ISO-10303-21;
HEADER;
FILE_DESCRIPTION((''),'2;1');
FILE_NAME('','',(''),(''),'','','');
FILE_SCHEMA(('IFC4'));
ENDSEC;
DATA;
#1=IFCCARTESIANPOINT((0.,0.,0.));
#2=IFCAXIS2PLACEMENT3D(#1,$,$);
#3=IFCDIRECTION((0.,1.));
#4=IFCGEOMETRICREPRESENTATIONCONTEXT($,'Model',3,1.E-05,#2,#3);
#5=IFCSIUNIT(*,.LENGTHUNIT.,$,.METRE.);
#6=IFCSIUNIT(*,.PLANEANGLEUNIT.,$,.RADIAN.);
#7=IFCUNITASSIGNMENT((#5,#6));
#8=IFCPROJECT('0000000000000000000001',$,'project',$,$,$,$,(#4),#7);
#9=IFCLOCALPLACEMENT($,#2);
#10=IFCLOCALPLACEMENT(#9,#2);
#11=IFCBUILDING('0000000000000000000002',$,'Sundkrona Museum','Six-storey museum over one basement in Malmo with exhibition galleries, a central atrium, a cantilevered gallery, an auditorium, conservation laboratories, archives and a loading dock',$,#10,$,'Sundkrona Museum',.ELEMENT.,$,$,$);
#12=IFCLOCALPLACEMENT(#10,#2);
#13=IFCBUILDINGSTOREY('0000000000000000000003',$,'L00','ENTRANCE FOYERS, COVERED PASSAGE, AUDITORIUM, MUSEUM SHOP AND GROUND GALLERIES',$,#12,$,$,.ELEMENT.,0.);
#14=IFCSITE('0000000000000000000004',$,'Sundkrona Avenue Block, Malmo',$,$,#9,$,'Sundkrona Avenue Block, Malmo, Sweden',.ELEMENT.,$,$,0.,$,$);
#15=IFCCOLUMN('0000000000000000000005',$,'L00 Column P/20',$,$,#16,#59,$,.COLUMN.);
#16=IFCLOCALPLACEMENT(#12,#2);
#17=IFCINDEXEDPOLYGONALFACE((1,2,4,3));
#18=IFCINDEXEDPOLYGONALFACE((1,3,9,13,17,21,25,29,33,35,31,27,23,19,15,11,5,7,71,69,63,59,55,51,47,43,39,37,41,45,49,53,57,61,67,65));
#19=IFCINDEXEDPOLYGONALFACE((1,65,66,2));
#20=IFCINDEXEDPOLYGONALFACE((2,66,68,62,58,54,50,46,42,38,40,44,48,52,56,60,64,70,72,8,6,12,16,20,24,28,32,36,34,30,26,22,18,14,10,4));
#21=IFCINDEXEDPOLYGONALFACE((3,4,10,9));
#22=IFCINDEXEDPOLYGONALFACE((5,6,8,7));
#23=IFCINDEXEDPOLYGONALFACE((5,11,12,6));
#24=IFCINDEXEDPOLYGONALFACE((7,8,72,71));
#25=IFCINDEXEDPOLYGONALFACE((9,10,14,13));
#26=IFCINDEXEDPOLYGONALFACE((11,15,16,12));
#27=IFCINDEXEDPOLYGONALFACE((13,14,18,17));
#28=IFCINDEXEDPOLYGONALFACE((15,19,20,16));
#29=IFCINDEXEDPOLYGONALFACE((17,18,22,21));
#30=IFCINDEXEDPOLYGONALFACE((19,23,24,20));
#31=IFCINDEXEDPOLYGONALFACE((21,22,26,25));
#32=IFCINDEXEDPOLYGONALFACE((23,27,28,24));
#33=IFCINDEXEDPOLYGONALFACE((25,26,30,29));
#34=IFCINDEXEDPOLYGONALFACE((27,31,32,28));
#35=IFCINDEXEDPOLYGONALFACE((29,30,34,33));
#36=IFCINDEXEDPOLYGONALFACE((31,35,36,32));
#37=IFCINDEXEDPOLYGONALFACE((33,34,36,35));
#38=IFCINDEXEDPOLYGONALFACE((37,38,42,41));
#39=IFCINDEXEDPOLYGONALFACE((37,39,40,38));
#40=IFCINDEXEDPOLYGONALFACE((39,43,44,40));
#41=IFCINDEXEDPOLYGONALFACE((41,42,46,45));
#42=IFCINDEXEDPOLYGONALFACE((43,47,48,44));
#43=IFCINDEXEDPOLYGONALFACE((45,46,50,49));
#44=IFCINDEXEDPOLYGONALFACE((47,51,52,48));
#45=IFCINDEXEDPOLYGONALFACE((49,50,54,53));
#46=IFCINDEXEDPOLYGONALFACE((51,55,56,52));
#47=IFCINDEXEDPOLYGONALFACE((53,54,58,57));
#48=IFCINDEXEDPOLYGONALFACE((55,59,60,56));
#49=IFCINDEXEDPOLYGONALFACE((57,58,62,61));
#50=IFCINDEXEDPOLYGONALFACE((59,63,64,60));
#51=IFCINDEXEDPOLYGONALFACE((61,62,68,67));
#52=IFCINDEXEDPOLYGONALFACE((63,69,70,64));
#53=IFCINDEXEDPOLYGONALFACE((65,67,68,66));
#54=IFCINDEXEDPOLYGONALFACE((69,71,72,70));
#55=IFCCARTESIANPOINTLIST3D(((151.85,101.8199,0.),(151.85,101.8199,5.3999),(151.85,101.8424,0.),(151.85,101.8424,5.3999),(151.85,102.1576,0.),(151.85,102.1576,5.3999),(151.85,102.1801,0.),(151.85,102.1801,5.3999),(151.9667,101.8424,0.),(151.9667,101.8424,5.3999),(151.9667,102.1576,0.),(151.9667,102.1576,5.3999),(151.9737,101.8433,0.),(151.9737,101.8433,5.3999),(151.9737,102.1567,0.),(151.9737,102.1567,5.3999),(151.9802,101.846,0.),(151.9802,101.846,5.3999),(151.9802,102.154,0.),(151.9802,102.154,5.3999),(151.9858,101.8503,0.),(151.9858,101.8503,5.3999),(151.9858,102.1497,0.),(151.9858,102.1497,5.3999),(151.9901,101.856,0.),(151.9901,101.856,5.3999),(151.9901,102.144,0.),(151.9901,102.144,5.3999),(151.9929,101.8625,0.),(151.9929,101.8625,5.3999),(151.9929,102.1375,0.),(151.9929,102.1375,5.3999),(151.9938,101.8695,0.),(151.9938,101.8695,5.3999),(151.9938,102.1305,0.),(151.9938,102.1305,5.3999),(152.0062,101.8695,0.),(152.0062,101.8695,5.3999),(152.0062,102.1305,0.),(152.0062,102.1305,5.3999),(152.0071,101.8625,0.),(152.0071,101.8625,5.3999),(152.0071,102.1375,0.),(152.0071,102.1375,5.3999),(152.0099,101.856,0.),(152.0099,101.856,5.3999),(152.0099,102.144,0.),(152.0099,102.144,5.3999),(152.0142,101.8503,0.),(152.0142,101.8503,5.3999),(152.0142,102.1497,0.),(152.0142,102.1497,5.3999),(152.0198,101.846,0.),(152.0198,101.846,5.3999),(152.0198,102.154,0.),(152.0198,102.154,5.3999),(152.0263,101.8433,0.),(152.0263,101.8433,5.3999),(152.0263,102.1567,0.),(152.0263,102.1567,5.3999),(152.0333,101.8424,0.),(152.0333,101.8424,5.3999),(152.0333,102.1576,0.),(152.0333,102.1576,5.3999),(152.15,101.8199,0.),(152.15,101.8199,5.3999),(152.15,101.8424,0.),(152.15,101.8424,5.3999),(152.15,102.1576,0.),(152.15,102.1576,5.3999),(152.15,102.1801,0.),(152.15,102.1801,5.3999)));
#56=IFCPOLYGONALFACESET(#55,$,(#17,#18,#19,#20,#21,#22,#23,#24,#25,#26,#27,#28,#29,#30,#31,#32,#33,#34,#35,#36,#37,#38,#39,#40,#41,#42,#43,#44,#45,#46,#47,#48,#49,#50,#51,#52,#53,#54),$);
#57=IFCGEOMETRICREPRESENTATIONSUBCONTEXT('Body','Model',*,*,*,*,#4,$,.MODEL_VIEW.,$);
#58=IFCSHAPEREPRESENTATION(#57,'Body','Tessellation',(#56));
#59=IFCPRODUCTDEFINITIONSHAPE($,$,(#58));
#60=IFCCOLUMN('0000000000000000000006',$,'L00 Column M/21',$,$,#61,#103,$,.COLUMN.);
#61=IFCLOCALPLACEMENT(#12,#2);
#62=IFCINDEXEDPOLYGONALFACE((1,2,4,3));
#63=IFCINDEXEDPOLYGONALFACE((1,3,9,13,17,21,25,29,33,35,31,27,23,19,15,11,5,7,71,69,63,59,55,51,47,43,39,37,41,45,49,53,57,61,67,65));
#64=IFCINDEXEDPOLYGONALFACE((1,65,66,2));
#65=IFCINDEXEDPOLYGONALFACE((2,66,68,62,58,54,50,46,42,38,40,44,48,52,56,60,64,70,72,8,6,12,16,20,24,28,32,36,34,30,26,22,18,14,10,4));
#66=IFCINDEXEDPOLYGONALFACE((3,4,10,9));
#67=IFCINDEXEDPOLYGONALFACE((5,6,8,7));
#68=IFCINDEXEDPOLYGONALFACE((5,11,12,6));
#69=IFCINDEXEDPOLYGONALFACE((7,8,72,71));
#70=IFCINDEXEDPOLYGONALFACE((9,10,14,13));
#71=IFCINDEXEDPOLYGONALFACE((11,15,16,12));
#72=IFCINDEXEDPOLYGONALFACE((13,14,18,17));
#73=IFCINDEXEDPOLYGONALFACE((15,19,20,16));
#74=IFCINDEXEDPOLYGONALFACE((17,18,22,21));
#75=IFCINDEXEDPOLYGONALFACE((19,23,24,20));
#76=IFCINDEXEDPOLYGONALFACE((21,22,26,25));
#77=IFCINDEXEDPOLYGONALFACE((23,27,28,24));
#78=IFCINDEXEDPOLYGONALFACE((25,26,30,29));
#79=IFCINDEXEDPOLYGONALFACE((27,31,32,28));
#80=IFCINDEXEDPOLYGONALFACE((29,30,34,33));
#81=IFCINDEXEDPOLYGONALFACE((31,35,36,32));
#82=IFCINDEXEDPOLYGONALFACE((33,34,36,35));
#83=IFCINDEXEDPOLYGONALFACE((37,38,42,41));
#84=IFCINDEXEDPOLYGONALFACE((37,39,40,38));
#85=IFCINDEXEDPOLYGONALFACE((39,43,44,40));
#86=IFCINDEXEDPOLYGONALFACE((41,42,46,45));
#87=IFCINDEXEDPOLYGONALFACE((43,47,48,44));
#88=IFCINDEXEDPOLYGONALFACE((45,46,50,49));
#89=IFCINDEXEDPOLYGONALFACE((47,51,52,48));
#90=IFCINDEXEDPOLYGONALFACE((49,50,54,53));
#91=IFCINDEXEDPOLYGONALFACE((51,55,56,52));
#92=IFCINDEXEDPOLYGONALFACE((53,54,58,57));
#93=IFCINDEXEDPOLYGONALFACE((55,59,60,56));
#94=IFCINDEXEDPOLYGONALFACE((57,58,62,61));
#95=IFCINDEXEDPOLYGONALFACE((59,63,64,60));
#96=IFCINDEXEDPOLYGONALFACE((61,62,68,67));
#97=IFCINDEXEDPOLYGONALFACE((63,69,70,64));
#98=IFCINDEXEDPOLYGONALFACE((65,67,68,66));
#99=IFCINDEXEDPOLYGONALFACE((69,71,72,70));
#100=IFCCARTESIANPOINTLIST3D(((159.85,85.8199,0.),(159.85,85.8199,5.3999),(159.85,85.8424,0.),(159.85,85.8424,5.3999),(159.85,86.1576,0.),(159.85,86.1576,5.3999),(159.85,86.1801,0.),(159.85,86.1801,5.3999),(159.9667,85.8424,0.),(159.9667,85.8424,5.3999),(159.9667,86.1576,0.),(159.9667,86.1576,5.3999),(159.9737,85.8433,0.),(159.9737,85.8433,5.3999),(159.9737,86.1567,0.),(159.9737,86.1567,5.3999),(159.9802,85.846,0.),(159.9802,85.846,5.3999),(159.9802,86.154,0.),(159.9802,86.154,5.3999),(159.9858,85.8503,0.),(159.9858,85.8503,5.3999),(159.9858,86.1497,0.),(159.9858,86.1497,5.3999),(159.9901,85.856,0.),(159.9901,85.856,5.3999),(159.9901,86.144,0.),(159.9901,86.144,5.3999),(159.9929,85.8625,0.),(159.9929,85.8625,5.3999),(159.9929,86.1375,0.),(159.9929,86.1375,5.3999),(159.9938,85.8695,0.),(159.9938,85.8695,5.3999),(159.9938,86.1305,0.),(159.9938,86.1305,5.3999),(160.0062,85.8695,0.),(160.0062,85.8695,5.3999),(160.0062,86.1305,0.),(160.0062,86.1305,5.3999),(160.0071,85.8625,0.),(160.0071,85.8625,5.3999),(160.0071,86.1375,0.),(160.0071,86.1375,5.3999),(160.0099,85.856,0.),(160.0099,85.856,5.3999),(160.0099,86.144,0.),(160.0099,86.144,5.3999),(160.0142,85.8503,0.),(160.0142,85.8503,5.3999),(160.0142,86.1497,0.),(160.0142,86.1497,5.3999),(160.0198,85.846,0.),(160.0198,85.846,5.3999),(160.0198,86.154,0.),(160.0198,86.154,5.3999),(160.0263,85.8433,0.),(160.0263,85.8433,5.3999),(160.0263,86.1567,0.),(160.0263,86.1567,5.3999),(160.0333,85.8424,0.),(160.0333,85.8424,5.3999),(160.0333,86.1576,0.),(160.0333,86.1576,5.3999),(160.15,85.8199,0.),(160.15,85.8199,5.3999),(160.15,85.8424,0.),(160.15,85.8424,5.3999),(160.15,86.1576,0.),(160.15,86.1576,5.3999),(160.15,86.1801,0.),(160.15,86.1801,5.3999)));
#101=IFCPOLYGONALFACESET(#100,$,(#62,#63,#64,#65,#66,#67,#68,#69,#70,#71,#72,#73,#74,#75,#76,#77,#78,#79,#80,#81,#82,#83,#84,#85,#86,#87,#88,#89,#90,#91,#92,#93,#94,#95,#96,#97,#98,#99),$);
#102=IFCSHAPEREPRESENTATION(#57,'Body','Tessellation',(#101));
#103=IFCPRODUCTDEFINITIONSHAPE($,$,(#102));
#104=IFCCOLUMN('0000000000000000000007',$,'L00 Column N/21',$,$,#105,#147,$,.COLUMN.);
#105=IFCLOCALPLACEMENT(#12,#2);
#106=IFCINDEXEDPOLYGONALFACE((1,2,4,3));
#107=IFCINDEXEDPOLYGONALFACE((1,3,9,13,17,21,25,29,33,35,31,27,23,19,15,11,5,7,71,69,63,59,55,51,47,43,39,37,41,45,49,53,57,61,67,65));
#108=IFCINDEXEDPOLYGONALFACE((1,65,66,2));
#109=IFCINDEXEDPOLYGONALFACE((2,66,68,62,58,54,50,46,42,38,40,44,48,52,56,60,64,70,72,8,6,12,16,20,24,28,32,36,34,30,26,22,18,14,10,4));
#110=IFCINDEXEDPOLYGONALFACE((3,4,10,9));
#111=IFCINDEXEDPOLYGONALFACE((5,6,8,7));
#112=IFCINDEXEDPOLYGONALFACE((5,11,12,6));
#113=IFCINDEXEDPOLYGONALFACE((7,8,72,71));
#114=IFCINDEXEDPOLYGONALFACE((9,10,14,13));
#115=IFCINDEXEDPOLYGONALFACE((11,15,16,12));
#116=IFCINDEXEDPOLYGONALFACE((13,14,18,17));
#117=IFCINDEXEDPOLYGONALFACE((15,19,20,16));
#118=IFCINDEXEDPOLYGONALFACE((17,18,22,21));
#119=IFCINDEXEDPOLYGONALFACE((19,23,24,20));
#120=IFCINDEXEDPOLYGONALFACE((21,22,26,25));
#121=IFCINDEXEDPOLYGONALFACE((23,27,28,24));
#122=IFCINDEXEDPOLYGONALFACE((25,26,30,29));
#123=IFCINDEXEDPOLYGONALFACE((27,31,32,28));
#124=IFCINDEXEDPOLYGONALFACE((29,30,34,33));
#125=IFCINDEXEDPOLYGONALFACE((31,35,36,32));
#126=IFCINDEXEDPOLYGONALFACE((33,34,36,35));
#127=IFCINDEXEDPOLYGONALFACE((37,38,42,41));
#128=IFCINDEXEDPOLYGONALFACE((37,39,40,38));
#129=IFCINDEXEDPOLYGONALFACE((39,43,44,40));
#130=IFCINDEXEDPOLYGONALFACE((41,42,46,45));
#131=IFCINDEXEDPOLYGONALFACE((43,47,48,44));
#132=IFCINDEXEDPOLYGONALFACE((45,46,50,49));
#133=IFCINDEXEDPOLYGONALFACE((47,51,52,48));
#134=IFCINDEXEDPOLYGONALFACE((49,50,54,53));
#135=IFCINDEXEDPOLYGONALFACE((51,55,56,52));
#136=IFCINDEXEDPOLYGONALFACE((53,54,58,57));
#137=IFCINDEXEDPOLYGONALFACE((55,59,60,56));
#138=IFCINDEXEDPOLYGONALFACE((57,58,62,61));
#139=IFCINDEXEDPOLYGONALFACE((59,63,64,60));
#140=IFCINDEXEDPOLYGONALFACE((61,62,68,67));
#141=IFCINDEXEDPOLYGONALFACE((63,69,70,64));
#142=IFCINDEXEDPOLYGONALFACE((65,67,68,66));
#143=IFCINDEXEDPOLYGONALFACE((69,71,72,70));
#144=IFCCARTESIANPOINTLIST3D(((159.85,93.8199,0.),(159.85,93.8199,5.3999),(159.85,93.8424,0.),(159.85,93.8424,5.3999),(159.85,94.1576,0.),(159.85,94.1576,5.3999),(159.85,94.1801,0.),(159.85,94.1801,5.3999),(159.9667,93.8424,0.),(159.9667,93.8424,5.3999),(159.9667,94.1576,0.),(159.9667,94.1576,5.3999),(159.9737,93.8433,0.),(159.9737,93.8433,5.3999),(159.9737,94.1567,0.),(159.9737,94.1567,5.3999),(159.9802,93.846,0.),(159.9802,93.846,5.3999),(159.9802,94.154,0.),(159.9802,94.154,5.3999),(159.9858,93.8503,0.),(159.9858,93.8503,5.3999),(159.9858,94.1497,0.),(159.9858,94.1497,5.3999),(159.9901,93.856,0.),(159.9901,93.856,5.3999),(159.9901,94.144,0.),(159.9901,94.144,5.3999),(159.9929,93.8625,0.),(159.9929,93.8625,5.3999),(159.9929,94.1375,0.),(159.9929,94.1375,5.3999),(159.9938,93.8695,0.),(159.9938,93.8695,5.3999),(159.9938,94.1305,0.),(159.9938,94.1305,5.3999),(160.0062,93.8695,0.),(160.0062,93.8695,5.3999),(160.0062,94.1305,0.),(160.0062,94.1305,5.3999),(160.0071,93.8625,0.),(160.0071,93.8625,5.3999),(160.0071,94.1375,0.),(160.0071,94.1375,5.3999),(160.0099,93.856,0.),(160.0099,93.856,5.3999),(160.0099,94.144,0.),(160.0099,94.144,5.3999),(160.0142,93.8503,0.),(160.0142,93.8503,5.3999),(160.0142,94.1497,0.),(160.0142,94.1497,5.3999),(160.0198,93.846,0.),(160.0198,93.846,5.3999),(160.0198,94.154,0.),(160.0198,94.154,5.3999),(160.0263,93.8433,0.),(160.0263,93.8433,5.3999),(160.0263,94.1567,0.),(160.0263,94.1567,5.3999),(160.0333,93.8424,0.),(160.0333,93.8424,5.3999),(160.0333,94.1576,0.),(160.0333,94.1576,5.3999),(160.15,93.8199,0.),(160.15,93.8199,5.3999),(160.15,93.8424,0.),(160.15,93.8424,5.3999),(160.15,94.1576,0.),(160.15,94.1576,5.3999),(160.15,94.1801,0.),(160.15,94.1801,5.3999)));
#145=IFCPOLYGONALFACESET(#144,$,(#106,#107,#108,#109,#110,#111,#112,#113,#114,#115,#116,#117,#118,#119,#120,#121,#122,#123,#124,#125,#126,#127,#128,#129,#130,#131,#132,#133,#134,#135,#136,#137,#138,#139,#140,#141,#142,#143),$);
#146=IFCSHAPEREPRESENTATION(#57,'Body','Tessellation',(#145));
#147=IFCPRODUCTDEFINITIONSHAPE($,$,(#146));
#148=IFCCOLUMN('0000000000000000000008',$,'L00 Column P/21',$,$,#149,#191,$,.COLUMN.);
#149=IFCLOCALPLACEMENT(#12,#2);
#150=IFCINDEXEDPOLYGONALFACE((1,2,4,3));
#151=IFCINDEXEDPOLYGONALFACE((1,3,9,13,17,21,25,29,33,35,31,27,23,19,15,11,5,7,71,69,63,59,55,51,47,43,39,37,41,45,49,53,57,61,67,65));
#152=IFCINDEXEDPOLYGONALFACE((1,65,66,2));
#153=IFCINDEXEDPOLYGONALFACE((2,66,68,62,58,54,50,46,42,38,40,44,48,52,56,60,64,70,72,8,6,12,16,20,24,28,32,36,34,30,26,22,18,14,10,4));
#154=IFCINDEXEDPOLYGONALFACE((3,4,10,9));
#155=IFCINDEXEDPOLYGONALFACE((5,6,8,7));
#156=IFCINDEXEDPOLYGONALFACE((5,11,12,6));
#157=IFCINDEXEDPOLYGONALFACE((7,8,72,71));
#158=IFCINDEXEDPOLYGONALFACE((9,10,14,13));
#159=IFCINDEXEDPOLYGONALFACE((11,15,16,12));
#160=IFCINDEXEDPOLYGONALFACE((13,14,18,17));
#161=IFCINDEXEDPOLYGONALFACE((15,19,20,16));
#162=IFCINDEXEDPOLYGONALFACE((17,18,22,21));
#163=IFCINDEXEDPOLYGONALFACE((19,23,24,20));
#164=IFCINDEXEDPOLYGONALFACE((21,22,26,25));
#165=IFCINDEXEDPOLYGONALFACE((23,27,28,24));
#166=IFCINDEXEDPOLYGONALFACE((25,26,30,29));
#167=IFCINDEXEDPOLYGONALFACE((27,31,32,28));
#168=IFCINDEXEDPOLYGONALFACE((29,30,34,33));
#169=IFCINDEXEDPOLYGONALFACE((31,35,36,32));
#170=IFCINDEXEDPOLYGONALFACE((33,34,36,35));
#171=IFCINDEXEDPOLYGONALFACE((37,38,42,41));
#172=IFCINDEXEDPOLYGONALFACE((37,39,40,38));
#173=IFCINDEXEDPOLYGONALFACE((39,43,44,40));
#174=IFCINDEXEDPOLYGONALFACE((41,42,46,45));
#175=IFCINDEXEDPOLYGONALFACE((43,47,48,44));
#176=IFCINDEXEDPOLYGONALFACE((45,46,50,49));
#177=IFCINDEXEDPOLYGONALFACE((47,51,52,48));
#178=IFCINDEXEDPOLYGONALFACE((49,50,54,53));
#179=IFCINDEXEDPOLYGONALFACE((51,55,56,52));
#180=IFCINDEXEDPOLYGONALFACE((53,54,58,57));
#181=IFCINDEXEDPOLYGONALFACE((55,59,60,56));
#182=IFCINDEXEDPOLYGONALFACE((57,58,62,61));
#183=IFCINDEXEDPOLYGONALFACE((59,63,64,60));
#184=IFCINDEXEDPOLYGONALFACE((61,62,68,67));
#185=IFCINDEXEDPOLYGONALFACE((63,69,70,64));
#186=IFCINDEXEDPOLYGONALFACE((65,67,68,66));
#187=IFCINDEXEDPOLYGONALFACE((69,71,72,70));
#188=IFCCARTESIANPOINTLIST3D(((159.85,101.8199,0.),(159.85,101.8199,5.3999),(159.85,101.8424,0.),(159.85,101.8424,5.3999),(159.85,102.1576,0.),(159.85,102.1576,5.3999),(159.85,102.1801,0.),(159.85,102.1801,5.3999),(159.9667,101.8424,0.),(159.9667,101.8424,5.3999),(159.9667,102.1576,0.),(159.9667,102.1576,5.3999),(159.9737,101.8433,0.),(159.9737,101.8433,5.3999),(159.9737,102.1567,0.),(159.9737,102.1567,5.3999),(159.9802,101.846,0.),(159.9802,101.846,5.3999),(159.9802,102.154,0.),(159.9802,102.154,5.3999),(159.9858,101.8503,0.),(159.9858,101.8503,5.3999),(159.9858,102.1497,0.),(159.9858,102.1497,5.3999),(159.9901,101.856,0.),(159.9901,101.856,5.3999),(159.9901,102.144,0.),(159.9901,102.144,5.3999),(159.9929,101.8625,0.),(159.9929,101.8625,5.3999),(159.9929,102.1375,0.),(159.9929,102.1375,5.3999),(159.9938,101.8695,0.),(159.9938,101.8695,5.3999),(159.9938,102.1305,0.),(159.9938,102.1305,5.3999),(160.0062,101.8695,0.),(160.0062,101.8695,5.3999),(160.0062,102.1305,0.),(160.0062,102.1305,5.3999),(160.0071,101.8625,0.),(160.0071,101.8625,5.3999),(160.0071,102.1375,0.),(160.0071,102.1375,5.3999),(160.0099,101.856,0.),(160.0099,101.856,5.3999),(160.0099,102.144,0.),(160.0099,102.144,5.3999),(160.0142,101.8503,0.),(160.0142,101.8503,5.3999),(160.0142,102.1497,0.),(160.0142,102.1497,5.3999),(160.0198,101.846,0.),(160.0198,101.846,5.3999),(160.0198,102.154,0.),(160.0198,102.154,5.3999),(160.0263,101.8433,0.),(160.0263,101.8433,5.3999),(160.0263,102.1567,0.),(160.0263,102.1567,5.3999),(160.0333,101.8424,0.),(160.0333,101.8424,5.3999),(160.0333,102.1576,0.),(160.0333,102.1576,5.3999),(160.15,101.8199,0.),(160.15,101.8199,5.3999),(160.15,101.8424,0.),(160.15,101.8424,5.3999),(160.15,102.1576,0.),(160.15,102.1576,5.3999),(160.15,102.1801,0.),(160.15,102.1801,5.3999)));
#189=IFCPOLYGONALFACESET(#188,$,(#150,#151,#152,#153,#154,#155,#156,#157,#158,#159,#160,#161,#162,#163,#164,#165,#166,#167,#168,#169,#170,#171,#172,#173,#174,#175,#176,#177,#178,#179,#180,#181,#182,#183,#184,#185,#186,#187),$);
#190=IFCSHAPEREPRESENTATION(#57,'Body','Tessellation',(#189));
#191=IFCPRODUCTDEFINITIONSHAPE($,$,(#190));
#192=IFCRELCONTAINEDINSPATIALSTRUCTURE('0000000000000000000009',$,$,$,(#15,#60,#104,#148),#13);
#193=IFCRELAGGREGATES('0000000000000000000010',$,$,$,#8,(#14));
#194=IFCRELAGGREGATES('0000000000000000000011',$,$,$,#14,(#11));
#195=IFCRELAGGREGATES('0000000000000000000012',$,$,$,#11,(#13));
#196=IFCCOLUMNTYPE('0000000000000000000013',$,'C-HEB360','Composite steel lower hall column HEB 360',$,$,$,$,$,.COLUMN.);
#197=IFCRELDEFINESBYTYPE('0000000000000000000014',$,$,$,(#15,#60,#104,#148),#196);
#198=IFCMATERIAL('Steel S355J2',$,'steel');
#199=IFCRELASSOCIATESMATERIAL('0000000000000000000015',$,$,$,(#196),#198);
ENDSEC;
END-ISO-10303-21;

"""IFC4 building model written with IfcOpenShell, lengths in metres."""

from ifc_helpers import new_model, si_unit, direction, frame, origin, origin_2d, place, context, subcontext, project, spatial, i_section, extrude, material, material_profile, profile_set, type_object, element, save


model = new_model("IFC4")

# Units and contexts
model_context = context("Model", 3, precision=1e-05, world=origin(), true_north=direction((0.0, 1.0)))
body_context = subcontext(model_context, "Body", "Model", "MODEL_VIEW")
ifc_project = project(units=[si_unit("LENGTHUNIT", "METRE"), si_unit("PLANEANGLEUNIT", "RADIAN")], contexts=[model_context])

# Site, building, storey
site_placement = place(None, origin())
site = spatial("IfcSite", under=ifc_project, at=site_placement, Name="Sundkrona Avenue Block, Malmo", LongName="Sundkrona Avenue Block, Malmo, Sweden", CompositionType="ELEMENT", RefElevation=0.0)
building_placement = place(site_placement, origin())
building = spatial("IfcBuilding", under=site, at=building_placement, Name="Sundkrona Museum", Description="Six-storey museum over one basement in Malmo with exhibition galleries, a central atrium, a cantilevered gallery, an auditorium, conservation laboratories, archives and a loading dock", LongName="Sundkrona Museum", CompositionType="ELEMENT")
storey_placement = place(building_placement, origin())
storey = spatial("IfcBuildingStorey", under=building, at=storey_placement, Name="L00", Description="ENTRANCE FOYERS, COVERED PASSAGE, AUDITORIUM, MUSEUM SHOP AND GROUND GALLERIES", CompositionType="ELEMENT", Elevation=0.0)

# Columns
ifc_material_1 = material(Name="Steel S355J2", Category="steel")
ifc_material_profile_1 = material_profile(ifc_material_1, i_section(OverallWidth=0.3, OverallDepth=0.3601, WebThickness=0.0125, FlangeThickness=0.0225, FilletRadius=0.0271, at=origin_2d()), Name="HEB 360")
ifc_profile_set_1 = profile_set([ifc_material_profile_1], Name="Steel S355J2")
column_type = type_object("IfcColumnType", Name="C-HEB360", Description="Composite steel lower hall column HEB 360", PredefinedType="COLUMN", material=ifc_profile_set_1)
for number, where, z_axis, x_axis, name in (
    (1, (152.0, 102.0, 0.0), (0.0, 0.0, 1.0), (1.0, 0.0, 0.0), "L00 Column P/20"),
    (2, (160.0, 86.0, 0.0), (0.0, 0.0, 1.0), (1.0, 0.0, 0.0), "L00 Column M/21"),
    (3, (160.0, 94.0, 0.0), (0.0, 0.0, 1.0), (1.0, 0.0, 0.0), "L00 Column N/21"),
    (4, (160.0, 102.0, 0.0), (0.0, 0.0, 1.0), (1.0, 0.0, 0.0), "L00 Column P/21"),
):
    element("IfcColumn", number, at=place(storey_placement, frame(where, z_axis=z_axis, x_axis=x_axis)), inside=storey, type_object=column_type, Name=name, PredefinedType="COLUMN", context=body_context, shape_type="SweptSolid", body=[
        extrude(i_section(OverallWidth=0.3, OverallDepth=0.3601, WebThickness=0.0125, FlangeThickness=0.0225, FilletRadius=0.0271, at=origin_2d()), origin(), (0.0, 0.0, 1.0), 5.3999),
    ])

save(model, "model.ifc")
